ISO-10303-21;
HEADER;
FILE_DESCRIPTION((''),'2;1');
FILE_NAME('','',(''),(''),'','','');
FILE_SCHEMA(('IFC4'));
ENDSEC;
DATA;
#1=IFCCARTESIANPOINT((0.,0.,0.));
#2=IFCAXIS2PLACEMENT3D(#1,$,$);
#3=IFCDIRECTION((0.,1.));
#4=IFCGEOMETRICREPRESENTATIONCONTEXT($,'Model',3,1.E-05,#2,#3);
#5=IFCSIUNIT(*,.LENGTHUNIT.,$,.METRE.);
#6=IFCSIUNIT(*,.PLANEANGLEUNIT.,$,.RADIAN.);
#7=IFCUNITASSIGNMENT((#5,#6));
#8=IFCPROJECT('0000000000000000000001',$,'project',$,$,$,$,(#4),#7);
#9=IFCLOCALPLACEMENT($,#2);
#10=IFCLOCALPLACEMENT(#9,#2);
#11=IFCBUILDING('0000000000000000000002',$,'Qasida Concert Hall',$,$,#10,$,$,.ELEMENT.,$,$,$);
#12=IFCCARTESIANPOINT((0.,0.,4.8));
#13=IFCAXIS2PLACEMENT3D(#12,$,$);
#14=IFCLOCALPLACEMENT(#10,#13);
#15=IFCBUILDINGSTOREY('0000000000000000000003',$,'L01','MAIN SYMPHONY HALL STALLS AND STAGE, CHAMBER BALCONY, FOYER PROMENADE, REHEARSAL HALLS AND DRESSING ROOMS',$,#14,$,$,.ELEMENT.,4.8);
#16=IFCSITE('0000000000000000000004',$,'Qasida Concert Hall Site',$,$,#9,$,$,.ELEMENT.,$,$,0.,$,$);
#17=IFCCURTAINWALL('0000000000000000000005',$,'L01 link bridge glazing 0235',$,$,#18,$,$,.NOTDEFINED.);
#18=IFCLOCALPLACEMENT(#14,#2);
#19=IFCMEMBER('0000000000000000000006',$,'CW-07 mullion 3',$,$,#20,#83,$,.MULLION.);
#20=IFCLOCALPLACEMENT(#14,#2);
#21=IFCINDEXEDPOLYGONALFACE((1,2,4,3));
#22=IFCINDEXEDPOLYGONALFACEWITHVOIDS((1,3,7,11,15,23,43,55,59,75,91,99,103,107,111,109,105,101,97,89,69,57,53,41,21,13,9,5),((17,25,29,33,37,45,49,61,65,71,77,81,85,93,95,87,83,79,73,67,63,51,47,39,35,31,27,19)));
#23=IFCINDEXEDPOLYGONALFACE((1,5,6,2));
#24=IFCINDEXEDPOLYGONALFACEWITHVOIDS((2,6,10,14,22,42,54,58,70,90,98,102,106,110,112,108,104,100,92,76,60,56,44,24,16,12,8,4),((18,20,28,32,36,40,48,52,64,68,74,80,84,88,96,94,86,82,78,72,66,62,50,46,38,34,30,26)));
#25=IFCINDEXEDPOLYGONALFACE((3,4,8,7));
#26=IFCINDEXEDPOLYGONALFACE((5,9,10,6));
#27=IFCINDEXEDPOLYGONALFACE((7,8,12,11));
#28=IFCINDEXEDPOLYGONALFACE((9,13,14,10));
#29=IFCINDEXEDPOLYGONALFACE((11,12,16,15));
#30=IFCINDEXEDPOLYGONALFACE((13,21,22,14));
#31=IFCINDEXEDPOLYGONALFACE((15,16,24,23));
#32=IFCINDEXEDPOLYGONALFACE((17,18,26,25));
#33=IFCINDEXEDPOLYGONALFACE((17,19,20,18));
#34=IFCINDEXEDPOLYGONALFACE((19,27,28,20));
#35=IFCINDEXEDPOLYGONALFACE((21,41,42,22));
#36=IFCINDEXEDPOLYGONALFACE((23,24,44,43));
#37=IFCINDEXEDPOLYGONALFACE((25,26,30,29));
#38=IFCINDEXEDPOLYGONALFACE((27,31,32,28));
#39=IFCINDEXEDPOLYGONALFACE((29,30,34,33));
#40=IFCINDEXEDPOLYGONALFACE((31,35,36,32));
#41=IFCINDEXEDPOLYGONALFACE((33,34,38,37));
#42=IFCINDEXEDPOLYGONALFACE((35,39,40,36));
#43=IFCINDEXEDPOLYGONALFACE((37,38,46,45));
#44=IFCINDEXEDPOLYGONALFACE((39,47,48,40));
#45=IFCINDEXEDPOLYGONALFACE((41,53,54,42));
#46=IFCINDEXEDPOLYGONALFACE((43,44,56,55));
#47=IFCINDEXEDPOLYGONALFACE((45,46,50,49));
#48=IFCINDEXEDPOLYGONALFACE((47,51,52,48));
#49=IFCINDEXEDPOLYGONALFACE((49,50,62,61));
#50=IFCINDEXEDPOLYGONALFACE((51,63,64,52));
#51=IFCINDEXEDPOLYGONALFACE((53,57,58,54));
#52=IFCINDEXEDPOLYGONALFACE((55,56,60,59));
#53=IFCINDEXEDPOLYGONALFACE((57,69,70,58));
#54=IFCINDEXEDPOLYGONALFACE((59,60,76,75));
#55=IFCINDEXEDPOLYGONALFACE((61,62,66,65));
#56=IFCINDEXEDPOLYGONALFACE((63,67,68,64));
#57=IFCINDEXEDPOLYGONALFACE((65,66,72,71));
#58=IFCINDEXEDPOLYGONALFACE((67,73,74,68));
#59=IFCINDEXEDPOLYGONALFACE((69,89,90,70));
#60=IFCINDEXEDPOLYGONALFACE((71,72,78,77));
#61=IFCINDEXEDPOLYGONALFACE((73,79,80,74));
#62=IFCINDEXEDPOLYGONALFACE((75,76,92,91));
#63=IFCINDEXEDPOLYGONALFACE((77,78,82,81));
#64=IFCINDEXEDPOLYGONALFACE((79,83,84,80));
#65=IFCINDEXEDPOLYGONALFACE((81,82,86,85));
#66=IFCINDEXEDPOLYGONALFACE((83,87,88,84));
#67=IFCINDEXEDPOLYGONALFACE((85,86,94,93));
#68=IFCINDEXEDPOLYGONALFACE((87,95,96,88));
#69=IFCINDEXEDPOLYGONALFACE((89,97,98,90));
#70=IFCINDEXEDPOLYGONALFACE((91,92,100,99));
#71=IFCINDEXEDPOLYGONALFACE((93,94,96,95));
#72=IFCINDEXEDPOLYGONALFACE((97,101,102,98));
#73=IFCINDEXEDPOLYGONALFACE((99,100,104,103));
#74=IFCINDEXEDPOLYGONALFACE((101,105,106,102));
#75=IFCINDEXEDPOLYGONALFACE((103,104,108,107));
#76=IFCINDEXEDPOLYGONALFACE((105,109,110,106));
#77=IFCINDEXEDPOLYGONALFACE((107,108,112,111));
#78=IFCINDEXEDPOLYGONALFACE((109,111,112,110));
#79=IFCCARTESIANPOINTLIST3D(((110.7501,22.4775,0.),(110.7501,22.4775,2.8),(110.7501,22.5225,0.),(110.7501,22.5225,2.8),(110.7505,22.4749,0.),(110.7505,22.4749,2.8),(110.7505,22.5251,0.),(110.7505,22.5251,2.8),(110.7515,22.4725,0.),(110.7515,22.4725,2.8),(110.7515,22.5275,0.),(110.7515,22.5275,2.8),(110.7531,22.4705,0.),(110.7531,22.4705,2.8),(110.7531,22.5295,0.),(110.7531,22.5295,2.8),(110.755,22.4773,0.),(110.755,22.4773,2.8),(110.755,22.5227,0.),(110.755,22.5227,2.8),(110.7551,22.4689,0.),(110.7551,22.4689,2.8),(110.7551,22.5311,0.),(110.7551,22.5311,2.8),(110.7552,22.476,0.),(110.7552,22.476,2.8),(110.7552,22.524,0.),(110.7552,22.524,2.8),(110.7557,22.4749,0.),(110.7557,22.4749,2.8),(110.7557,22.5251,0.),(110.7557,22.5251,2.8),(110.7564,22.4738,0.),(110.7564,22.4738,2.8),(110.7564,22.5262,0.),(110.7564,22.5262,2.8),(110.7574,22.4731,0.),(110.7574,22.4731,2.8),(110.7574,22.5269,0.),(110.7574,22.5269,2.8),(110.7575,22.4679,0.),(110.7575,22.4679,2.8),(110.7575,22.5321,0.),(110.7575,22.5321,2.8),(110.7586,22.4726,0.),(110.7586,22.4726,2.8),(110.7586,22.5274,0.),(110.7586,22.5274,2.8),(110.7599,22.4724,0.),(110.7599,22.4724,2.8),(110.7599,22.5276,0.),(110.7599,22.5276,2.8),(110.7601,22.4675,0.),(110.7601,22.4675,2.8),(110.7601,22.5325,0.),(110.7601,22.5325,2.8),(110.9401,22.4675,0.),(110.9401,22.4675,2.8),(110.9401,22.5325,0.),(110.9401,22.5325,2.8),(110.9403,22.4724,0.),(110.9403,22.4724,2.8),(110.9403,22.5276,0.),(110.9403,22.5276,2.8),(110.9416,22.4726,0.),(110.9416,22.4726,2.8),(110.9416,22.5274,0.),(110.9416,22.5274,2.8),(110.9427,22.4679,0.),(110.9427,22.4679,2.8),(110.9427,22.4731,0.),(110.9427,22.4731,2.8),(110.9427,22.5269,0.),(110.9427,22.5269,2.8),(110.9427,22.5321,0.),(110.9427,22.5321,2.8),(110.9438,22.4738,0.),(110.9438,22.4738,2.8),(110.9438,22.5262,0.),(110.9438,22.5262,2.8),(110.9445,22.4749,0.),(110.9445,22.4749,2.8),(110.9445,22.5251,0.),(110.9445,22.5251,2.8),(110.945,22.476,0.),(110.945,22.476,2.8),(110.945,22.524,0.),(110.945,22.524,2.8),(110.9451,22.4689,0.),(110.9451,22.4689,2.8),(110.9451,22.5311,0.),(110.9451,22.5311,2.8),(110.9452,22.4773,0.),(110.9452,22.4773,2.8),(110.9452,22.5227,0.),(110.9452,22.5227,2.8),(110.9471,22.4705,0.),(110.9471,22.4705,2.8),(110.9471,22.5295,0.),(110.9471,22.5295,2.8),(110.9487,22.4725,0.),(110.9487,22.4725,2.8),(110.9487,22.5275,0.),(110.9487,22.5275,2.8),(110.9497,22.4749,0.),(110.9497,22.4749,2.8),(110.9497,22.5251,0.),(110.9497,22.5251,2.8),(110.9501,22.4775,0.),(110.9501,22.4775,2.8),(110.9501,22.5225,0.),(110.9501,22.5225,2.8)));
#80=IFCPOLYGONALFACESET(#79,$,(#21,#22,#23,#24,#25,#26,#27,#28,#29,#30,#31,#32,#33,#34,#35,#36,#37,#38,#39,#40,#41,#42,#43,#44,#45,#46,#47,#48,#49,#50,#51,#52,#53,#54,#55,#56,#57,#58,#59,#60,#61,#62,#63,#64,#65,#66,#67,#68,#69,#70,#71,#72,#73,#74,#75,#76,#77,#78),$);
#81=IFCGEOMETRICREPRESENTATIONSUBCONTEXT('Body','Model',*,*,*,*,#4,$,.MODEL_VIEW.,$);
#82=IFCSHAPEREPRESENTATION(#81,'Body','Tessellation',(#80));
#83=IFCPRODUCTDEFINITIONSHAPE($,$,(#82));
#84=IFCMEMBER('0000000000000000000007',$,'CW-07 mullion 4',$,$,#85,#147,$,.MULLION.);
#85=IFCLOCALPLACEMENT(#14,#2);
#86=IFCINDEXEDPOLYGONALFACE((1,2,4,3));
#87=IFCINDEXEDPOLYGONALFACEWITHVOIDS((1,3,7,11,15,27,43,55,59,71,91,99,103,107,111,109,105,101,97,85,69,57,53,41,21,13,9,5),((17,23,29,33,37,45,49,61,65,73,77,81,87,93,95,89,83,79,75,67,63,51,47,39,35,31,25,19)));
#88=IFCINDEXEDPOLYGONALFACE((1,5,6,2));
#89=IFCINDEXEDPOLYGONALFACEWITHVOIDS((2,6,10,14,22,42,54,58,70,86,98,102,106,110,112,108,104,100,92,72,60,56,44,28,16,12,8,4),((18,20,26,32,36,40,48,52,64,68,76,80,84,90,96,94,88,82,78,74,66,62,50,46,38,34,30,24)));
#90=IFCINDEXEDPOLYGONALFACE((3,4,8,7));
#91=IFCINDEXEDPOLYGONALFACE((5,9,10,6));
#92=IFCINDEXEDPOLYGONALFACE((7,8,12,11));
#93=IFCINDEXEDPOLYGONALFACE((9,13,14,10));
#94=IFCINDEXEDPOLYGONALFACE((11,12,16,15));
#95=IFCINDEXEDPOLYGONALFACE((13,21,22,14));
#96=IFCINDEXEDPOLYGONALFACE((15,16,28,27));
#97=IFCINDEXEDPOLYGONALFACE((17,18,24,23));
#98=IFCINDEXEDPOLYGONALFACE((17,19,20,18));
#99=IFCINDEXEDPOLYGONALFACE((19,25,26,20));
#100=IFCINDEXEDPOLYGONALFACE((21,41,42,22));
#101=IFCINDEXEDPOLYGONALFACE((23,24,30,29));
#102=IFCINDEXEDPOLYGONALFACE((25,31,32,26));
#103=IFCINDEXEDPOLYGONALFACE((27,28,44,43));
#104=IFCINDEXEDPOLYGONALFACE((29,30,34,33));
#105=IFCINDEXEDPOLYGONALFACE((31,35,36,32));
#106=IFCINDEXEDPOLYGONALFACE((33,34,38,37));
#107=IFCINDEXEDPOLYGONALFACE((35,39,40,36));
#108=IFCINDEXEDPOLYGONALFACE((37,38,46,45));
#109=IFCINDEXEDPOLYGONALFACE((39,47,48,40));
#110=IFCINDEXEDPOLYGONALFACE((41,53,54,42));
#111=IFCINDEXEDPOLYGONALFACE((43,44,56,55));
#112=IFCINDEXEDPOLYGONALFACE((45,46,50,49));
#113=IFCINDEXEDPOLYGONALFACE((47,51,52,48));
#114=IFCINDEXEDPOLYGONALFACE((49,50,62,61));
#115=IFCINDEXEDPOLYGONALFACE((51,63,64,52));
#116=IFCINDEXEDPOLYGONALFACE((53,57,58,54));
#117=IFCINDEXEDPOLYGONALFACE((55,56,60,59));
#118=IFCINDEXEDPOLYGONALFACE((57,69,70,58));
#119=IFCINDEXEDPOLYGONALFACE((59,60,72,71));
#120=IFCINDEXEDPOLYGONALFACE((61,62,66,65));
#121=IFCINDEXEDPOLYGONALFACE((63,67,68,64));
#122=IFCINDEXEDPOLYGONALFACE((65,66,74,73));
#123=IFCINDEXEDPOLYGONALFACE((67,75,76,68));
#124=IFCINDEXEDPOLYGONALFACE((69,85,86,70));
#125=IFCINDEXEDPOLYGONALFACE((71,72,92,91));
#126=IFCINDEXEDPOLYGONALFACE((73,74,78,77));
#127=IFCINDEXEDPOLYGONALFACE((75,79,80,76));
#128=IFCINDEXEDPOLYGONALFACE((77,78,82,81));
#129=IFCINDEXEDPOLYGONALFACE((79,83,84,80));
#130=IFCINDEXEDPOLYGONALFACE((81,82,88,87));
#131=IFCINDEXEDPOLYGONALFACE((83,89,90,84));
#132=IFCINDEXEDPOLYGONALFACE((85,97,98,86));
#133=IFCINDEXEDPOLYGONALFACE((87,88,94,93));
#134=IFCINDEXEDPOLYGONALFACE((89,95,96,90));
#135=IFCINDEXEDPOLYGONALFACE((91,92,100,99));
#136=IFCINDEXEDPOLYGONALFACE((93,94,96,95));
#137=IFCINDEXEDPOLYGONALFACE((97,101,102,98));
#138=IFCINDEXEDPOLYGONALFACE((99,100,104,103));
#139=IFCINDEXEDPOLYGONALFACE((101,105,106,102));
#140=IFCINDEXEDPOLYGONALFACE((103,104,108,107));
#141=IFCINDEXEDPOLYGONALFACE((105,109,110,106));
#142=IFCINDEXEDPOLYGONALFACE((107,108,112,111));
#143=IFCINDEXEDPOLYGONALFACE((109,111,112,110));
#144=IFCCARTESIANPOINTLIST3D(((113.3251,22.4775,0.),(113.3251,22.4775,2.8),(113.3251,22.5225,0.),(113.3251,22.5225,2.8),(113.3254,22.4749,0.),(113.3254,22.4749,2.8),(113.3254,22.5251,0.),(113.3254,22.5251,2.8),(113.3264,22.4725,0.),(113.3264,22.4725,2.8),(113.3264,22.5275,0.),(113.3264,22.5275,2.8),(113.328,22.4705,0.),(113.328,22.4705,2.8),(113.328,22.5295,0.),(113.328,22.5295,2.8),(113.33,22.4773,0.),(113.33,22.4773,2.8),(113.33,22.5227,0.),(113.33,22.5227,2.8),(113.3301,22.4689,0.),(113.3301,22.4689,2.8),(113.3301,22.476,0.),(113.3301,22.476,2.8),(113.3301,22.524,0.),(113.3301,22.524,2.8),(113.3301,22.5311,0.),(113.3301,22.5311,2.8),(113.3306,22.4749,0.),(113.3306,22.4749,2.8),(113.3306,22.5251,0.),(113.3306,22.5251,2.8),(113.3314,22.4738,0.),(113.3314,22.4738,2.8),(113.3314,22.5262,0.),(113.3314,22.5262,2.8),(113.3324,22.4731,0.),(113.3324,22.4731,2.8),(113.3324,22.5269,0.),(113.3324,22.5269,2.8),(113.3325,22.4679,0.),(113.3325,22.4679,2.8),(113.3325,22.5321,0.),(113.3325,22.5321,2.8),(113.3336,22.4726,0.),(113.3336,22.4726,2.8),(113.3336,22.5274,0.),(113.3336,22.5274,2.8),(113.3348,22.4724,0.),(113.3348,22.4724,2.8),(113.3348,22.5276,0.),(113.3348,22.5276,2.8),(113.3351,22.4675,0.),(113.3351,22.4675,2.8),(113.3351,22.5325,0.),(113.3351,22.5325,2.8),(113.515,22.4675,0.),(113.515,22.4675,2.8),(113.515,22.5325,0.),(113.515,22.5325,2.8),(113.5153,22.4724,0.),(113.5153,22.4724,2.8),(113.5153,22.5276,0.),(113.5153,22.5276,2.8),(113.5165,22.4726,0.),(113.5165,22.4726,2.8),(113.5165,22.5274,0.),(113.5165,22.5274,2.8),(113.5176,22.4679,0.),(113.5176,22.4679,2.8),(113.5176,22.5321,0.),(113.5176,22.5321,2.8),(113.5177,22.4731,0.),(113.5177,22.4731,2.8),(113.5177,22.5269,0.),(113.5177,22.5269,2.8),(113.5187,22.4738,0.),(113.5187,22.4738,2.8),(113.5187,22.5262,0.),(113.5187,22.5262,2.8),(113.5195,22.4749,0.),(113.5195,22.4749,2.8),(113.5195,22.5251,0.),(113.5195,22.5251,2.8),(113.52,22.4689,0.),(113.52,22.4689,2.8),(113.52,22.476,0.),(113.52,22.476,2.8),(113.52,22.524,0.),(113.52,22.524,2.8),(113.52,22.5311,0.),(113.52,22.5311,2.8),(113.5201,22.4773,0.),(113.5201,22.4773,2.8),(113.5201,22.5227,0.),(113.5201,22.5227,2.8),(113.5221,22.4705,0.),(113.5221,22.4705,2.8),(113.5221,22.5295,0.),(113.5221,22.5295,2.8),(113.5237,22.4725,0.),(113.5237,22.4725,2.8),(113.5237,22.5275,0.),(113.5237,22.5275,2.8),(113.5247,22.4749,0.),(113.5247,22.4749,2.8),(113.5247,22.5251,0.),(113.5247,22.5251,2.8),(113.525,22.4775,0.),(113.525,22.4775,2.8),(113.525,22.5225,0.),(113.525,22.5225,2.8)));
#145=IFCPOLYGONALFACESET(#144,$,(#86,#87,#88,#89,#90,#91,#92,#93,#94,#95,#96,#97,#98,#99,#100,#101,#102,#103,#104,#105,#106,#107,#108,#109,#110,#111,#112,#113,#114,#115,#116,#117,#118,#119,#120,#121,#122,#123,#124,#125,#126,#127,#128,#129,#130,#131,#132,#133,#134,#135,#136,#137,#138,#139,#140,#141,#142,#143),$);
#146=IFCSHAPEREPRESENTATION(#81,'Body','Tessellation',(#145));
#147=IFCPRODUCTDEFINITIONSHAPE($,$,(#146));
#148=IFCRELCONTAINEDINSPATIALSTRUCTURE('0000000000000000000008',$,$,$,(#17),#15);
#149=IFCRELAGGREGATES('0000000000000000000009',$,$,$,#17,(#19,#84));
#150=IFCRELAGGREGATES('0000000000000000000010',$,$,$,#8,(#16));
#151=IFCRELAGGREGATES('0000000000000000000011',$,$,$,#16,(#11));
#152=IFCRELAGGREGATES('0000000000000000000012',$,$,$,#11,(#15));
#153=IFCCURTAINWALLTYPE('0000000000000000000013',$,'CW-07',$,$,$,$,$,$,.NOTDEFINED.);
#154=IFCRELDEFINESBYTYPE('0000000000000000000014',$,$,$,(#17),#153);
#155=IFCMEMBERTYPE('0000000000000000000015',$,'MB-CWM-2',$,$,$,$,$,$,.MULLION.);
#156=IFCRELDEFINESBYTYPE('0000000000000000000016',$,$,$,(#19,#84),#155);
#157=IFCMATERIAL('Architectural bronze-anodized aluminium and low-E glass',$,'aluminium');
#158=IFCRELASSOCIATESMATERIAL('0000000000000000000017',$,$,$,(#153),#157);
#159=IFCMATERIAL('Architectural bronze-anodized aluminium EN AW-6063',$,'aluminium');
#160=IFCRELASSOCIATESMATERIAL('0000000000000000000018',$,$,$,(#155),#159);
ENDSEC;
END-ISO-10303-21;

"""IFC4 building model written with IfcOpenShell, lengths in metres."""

from ifc_helpers import new_model, si_unit, direction, frame, origin, origin_2d, place, context, subcontext, project, spatial, hollow_rectangle, extrude, material, material_profile, profile_set, type_object, element, aggregate, save


model = new_model("IFC4")

# Units and contexts
model_context = context("Model", 3, precision=1e-05, world=origin(), true_north=direction((0.0, 1.0)))
body_context = subcontext(model_context, "Body", "Model", "MODEL_VIEW")
ifc_project = project(units=[si_unit("LENGTHUNIT", "METRE"), si_unit("PLANEANGLEUNIT", "RADIAN")], contexts=[model_context])

# Site, building, storey
site_placement = place(None, origin())
site = spatial("IfcSite", under=ifc_project, at=site_placement, Name="Qasida Concert Hall Site", CompositionType="ELEMENT", RefElevation=0.0)
building_placement = place(site_placement, origin())
building = spatial("IfcBuilding", under=site, at=building_placement, Name="Qasida Concert Hall", CompositionType="ELEMENT")
storey_placement = place(building_placement, frame((0.0, 0.0, 4.8)))
storey = spatial("IfcBuildingStorey", under=building, at=storey_placement, Name="L01", Description="MAIN SYMPHONY HALL STALLS AND STAGE, CHAMBER BALCONY, FOYER PROMENADE, REHEARSAL HALLS AND DRESSING ROOMS", CompositionType="ELEMENT", Elevation=4.8)

# Curtain wall, members
ifc_material_1 = material(Name="Architectural bronze-anodized aluminium and low-E glass", Category="aluminium")
curtain_wall_type = type_object("IfcCurtainWallType", Name="CW-07", PredefinedType="NOTDEFINED", material=ifc_material_1)
ifc_material_2 = material(Name="Architectural bronze-anodized aluminium EN AW-6063", Category="aluminium")
ifc_material_profile_1 = material_profile(ifc_material_2, hollow_rectangle(XDim=0.0649, YDim=0.2, WallThickness=0.0049, InnerFilletRadius=0.0049, OuterFilletRadius=0.01, at=origin_2d()), Name="CWM 200x65x5")
ifc_profile_set_1 = profile_set([ifc_material_profile_1], Name="Architectural bronze-anodized aluminium EN AW-6063")
member_type_1 = type_object("IfcMemberType", Name="MB-CWM-2", PredefinedType="MULLION", material=ifc_profile_set_1)
curtain_wall_1_placement = place(storey_placement, origin())
curtain_wall_1 = element("IfcCurtainWall", 1, at=curtain_wall_1_placement, inside=storey, type_object=curtain_wall_type, Name="L01 link bridge glazing 0235", PredefinedType="NOTDEFINED")
member_1_placement = place(storey_placement, frame((110.8501, 22.5, 0.0), z_axis=(0.0, 0.0, 1.0), x_axis=(0.0, 1.0, 0.0)))
member_1 = element("IfcMember", 2, at=member_1_placement, type_object=member_type_1, Name="CW-07 mullion 3", PredefinedType="MULLION", context=body_context, shape_type="SweptSolid", body=[
    extrude(hollow_rectangle(XDim=0.0649, YDim=0.2, WallThickness=0.0049, InnerFilletRadius=0.0049, OuterFilletRadius=0.01, at=origin_2d()), origin(), (0.0, 0.0, 1.0), 2.8),
])
member_2_placement = place(storey_placement, frame((113.425, 22.5, 0.0), z_axis=(0.0, 0.0, 1.0), x_axis=(0.0, 1.0, 0.0)))
member_2 = element("IfcMember", 3, at=member_2_placement, type_object=member_type_1, Name="CW-07 mullion 4", PredefinedType="MULLION", context=body_context, shape_type="SweptSolid", body=[
    extrude(hollow_rectangle(XDim=0.0649, YDim=0.2, WallThickness=0.0049, InnerFilletRadius=0.0049, OuterFilletRadius=0.01, at=origin_2d()), origin(), (0.0, 0.0, 1.0), 2.8),
])

aggregate(curtain_wall_1, [member_1, member_2])

save(model, "model.ifc")
